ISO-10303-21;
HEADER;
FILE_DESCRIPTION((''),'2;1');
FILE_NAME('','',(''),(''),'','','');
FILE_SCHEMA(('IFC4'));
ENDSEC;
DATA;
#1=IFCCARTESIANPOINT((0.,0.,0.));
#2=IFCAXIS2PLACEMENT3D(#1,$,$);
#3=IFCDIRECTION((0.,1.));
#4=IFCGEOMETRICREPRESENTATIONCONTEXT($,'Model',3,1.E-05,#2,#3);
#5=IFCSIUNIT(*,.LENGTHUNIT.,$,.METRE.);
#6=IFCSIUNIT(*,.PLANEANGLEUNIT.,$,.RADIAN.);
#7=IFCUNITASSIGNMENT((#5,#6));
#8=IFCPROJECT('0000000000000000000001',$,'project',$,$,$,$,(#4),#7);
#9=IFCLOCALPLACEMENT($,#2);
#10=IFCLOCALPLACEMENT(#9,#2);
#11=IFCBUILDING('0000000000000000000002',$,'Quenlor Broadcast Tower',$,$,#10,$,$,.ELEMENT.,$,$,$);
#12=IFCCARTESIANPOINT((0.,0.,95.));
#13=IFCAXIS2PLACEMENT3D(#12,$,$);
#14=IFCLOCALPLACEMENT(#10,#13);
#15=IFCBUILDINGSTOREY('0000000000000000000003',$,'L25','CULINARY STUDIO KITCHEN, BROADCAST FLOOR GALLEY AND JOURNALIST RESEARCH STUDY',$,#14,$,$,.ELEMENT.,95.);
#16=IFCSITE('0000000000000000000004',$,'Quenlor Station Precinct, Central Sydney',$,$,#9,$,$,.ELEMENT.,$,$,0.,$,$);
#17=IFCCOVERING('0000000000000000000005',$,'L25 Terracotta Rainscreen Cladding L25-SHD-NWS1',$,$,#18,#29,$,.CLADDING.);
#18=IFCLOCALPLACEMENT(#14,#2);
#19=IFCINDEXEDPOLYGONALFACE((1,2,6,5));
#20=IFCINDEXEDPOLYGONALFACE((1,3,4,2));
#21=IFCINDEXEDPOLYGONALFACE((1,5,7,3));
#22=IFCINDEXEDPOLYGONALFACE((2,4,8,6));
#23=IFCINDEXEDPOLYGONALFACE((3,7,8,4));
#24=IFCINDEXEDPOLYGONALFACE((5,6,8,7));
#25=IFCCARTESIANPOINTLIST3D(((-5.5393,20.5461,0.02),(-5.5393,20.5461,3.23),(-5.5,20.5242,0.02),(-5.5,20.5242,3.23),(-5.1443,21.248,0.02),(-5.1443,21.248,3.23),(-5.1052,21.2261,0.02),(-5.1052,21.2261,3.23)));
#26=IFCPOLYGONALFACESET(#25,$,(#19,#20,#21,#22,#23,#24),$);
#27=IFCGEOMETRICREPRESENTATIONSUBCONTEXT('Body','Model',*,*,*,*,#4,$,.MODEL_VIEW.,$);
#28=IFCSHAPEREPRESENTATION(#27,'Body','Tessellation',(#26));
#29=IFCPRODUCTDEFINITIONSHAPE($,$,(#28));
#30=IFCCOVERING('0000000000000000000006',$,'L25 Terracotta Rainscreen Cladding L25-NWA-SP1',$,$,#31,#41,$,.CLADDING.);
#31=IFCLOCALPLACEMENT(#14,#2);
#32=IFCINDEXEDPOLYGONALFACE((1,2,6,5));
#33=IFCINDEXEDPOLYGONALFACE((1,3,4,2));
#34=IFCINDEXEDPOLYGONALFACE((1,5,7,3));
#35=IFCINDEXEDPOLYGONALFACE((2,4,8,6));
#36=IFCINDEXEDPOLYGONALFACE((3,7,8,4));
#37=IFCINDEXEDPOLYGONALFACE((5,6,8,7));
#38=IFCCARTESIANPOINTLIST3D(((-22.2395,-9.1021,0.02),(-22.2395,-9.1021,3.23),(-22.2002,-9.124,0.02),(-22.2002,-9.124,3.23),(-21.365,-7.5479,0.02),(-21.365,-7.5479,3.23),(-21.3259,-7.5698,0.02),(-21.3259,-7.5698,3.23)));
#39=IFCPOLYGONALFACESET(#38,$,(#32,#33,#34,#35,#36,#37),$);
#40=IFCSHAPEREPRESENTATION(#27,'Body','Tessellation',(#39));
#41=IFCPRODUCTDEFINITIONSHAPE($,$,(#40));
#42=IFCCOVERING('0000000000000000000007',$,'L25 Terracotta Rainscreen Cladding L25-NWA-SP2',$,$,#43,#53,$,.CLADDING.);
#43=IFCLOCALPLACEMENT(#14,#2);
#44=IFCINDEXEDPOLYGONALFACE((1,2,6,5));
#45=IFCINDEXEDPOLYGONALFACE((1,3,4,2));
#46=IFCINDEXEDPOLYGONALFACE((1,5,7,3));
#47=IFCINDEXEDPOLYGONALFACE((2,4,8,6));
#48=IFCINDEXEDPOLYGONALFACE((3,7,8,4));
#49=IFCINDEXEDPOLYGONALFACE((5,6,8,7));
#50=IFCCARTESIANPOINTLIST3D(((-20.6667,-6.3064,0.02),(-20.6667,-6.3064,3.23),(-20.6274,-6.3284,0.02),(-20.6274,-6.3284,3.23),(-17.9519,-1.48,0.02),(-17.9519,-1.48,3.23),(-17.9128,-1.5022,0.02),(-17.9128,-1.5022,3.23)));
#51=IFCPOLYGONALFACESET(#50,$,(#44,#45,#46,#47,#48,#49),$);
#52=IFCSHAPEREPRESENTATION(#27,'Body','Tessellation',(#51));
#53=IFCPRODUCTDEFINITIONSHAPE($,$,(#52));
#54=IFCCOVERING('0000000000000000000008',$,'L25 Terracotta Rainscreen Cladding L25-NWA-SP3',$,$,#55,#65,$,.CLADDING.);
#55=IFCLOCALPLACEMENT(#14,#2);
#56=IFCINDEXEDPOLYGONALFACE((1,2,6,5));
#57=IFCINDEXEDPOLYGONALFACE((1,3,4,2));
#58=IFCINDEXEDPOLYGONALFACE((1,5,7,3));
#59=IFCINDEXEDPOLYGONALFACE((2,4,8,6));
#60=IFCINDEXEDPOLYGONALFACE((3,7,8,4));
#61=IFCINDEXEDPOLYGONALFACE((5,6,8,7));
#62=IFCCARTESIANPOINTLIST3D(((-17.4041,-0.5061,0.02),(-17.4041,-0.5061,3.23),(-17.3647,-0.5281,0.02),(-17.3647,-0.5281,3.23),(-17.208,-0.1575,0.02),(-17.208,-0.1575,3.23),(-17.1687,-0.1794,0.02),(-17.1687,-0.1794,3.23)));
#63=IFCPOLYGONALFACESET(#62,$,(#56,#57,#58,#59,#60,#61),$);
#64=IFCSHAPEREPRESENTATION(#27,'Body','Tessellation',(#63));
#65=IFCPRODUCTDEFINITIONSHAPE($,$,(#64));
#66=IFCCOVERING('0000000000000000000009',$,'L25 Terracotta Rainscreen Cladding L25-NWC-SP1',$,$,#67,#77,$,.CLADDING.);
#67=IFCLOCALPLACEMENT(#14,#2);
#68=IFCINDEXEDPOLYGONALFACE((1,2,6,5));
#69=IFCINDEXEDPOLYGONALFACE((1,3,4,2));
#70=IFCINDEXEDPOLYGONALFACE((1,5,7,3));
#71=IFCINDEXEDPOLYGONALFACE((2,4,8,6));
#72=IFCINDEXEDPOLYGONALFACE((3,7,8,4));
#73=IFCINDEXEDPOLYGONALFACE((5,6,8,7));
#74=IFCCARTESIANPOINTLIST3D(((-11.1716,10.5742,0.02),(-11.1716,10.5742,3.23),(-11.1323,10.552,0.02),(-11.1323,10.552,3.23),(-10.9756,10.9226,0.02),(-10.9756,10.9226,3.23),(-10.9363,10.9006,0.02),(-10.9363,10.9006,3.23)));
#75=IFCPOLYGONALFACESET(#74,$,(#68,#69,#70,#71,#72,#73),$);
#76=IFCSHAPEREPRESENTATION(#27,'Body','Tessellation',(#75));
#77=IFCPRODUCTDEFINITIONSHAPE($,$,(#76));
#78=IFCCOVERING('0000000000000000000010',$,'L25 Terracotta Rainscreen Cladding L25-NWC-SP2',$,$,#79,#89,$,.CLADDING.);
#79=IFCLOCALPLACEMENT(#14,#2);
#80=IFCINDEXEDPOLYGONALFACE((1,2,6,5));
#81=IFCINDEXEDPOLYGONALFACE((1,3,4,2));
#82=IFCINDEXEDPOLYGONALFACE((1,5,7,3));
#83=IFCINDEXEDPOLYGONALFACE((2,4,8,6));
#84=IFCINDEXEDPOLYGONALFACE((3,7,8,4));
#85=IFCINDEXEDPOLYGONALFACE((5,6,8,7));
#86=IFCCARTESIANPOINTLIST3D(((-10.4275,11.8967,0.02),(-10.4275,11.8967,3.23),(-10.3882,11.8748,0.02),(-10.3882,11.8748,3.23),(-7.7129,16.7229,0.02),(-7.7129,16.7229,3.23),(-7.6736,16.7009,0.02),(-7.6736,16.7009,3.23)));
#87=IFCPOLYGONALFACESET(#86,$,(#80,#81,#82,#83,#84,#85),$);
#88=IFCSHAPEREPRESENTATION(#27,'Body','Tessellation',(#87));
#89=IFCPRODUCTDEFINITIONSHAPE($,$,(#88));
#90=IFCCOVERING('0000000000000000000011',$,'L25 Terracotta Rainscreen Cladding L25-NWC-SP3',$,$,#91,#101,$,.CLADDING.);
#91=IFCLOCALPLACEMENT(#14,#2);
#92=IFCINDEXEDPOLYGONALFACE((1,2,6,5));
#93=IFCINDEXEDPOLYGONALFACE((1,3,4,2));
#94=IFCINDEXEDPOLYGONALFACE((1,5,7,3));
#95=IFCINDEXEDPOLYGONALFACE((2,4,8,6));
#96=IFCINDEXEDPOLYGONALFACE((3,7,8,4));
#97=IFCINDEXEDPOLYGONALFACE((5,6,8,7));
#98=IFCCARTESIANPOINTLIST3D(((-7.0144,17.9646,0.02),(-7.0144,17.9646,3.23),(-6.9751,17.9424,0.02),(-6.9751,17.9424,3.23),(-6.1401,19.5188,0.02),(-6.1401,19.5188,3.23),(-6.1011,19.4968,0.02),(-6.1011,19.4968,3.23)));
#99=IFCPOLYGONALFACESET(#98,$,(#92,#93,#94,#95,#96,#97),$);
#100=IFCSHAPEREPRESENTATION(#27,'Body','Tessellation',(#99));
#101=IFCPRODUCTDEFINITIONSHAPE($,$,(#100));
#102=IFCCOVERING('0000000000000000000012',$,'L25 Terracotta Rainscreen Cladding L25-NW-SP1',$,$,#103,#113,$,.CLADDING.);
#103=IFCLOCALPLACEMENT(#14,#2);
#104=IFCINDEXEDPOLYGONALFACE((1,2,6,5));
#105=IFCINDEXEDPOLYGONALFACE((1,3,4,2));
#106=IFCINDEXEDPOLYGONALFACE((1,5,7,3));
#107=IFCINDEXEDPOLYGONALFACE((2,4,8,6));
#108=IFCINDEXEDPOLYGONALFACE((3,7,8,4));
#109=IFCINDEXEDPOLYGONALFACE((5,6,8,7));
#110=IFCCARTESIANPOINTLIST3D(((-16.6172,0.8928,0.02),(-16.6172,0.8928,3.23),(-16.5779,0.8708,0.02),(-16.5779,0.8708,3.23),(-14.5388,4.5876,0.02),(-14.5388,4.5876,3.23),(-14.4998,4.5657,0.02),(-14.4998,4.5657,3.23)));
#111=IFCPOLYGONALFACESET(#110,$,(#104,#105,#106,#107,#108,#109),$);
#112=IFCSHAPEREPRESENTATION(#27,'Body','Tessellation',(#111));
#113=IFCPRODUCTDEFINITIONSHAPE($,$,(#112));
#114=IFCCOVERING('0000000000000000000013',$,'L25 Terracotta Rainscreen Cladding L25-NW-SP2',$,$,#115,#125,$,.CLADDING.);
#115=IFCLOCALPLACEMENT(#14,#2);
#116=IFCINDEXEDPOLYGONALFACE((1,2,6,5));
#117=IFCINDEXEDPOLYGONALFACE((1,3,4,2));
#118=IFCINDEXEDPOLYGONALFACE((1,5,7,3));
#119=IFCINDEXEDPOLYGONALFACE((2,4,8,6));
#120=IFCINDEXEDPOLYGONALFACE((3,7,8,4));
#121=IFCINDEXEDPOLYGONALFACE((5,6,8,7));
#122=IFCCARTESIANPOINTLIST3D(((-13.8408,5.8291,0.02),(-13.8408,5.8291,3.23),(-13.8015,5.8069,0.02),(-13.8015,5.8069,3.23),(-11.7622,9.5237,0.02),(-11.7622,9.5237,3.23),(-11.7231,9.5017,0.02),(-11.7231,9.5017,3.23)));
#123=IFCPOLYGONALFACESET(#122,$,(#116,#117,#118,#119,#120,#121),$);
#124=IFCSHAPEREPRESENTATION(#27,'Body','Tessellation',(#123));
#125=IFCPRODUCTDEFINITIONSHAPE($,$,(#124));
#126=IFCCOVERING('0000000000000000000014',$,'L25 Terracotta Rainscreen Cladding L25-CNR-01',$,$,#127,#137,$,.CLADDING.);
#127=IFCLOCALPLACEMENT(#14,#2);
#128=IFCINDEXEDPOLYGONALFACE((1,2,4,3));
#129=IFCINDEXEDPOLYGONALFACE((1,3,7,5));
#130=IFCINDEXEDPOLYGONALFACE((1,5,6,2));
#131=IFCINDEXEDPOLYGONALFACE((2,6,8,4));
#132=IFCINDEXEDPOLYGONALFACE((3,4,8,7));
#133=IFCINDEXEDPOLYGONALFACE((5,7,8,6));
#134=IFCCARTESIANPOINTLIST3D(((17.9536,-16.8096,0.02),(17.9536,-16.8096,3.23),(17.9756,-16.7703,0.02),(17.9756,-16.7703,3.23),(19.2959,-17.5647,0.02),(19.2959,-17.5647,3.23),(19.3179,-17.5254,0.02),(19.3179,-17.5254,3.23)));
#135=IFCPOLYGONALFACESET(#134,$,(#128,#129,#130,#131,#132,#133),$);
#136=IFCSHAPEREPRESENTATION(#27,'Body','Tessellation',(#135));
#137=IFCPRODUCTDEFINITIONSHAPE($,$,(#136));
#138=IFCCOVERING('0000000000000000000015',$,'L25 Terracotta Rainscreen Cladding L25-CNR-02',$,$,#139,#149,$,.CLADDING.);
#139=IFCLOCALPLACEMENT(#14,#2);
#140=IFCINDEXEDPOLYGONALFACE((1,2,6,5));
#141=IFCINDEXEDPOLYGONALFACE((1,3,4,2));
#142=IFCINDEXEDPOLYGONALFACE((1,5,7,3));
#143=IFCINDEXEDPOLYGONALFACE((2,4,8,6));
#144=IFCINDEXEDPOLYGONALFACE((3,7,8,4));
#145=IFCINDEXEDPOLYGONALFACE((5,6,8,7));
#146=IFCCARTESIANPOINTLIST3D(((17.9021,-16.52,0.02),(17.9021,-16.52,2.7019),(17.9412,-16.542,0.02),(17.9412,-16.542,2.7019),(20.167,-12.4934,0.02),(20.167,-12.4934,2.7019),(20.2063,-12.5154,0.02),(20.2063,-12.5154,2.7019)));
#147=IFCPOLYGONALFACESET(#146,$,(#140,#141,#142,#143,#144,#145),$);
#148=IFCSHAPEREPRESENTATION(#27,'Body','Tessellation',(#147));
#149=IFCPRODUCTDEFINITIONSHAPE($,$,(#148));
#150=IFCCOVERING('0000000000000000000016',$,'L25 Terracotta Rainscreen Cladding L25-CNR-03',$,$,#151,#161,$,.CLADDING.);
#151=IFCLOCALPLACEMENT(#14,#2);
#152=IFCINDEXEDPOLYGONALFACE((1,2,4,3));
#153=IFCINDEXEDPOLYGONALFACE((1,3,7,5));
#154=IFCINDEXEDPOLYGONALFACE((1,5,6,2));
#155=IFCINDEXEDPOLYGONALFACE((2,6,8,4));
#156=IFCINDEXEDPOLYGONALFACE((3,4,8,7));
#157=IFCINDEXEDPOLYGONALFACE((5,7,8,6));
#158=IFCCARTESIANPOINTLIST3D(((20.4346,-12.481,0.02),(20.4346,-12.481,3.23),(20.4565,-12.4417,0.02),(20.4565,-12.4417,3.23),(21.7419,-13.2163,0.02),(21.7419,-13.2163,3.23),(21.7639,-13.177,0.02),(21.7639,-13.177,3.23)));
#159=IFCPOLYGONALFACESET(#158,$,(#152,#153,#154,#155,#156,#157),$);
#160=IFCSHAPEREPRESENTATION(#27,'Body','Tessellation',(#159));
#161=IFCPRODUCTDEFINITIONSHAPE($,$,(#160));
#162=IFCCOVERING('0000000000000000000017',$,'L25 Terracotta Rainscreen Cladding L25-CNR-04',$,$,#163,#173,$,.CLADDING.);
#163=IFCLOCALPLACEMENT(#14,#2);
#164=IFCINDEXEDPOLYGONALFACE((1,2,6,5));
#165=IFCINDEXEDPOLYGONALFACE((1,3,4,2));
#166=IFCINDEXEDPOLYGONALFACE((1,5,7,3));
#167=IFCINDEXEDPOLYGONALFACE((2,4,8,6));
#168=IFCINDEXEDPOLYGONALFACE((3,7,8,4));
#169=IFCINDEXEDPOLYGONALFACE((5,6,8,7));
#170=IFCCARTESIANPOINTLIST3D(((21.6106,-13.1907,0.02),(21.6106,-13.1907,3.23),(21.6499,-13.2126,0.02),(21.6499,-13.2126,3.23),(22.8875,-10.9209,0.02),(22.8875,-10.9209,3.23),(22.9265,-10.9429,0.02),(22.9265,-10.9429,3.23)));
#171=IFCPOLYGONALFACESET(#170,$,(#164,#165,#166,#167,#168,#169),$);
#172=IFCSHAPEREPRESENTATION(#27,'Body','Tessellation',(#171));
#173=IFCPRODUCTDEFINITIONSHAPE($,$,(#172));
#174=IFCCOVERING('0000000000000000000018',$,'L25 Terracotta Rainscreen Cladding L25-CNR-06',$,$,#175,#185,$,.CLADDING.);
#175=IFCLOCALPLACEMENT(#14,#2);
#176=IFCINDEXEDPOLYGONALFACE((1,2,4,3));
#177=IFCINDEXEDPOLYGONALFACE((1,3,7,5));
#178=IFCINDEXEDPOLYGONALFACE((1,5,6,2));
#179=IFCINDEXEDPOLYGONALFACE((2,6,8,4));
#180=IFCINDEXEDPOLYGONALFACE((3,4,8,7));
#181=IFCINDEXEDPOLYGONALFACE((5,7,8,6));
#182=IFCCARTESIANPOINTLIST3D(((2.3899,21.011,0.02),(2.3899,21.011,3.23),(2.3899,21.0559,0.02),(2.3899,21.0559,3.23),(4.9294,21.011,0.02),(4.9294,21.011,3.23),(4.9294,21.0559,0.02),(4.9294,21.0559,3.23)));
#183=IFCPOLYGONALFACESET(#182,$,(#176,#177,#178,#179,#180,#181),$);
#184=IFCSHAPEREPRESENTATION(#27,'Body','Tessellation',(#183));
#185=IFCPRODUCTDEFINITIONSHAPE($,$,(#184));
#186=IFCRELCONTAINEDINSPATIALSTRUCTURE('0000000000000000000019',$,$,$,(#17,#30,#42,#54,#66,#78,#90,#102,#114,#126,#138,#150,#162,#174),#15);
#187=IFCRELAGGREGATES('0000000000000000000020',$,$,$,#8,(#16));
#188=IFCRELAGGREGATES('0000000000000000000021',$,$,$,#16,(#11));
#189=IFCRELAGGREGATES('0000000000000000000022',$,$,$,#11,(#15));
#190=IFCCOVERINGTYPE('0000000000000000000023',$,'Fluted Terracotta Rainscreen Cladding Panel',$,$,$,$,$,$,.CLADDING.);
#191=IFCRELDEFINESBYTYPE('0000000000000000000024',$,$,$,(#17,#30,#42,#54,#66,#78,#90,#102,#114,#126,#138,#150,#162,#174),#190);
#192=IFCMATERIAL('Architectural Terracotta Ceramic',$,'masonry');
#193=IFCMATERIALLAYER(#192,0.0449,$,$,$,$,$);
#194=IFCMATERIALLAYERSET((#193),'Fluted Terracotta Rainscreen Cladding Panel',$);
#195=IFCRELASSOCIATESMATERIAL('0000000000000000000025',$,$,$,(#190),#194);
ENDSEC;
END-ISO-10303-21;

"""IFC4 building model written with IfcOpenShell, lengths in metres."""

from ifc_helpers import new_model, si_unit, direction, frame, origin, place, context, subcontext, project, spatial, polyline, outline, extrude, material, layer, layer_set, type_object, element, save


model = new_model("IFC4")

# Units and contexts
model_context = context("Model", 3, precision=1e-05, world=origin(), true_north=direction((0.0, 1.0)))
body_context = subcontext(model_context, "Body", "Model", "MODEL_VIEW")
ifc_project = project(units=[si_unit("LENGTHUNIT", "METRE"), si_unit("PLANEANGLEUNIT", "RADIAN")], contexts=[model_context])

# Site, building, storey
site_placement = place(None, origin())
site = spatial("IfcSite", under=ifc_project, at=site_placement, Name="Quenlor Station Precinct, Central Sydney", CompositionType="ELEMENT", RefElevation=0.0)
building_placement = place(site_placement, origin())
building = spatial("IfcBuilding", under=site, at=building_placement, Name="Quenlor Broadcast Tower", CompositionType="ELEMENT")
storey_placement = place(building_placement, frame((0.0, 0.0, 95.0)))
storey = spatial("IfcBuildingStorey", under=building, at=storey_placement, Name="L25", Description="CULINARY STUDIO KITCHEN, BROADCAST FLOOR GALLEY AND JOURNALIST RESEARCH STUDY", CompositionType="ELEMENT", Elevation=95.0)

# Coverings
ifc_material = material(Name="Architectural Terracotta Ceramic", Category="masonry")
ifc_layer = layer(ifc_material, 0.0449)
ifc_layer_set = layer_set([ifc_layer], Name="Fluted Terracotta Rainscreen Cladding Panel")
covering_type = type_object("IfcCoveringType", Name="Fluted Terracotta Rainscreen Cladding Panel", PredefinedType="CLADDING", material=ifc_layer_set)
covering_1_placement = place(storey_placement, frame((0.0, 0.0, 0.02)))
element("IfcCovering", 1, at=covering_1_placement, inside=storey, type_object=covering_type, Name="L25 Terracotta Rainscreen Cladding L25-SHD-NWS1", PredefinedType="CLADDING", context=body_context, shape_type="SweptSolid", body=[
    extrude(outline(polyline([(-5.5, 20.5242), (-5.1052, 21.2261), (-5.1443, 21.248), (-5.5393, 20.5461), (-5.5, 20.5242)])), origin(), (0.0, 0.0, 1.0), 3.21),
])
covering_2_placement = place(storey_placement, frame((0.0, 0.0, 0.02)))
element("IfcCovering", 2, at=covering_2_placement, inside=storey, type_object=covering_type, Name="L25 Terracotta Rainscreen Cladding L25-NWA-SP1", PredefinedType="CLADDING", context=body_context, shape_type="SweptSolid", body=[
    extrude(outline(polyline([(-22.2002, -9.124), (-21.3259, -7.5698), (-21.365, -7.5479), (-22.2395, -9.1021), (-22.2002, -9.124)])), origin(), (0.0, 0.0, 1.0), 3.21),
])
covering_3_placement = place(storey_placement, frame((0.0, 0.0, 0.02)))
element("IfcCovering", 3, at=covering_3_placement, inside=storey, type_object=covering_type, Name="L25 Terracotta Rainscreen Cladding L25-NWA-SP2", PredefinedType="CLADDING", context=body_context, shape_type="SweptSolid", body=[
    extrude(outline(polyline([(-20.6274, -6.3284), (-17.9128, -1.5022), (-17.9519, -1.48), (-20.6667, -6.3064), (-20.6274, -6.3284)])), origin(), (0.0, 0.0, 1.0), 3.21),
])
covering_4_placement = place(storey_placement, frame((0.0, 0.0, 0.02)))
element("IfcCovering", 4, at=covering_4_placement, inside=storey, type_object=covering_type, Name="L25 Terracotta Rainscreen Cladding L25-NWA-SP3", PredefinedType="CLADDING", context=body_context, shape_type="SweptSolid", body=[
    extrude(outline(polyline([(-17.3647, -0.5281), (-17.1687, -0.1794), (-17.208, -0.1575), (-17.4041, -0.5061), (-17.3647, -0.5281)])), origin(), (0.0, 0.0, 1.0), 3.21),
])
covering_5_placement = place(storey_placement, frame((0.0, 0.0, 0.02)))
element("IfcCovering", 5, at=covering_5_placement, inside=storey, type_object=covering_type, Name="L25 Terracotta Rainscreen Cladding L25-NWC-SP1", PredefinedType="CLADDING", context=body_context, shape_type="SweptSolid", body=[
    extrude(outline(polyline([(-11.1323, 10.552), (-10.9363, 10.9006), (-10.9756, 10.9226), (-11.1716, 10.5742), (-11.1323, 10.552)])), origin(), (0.0, 0.0, 1.0), 3.21),
])
covering_6_placement = place(storey_placement, frame((0.0, 0.0, 0.02)))
element("IfcCovering", 6, at=covering_6_placement, inside=storey, type_object=covering_type, Name="L25 Terracotta Rainscreen Cladding L25-NWC-SP2", PredefinedType="CLADDING", context=body_context, shape_type="SweptSolid", body=[
    extrude(outline(polyline([(-10.3882, 11.8748), (-7.6736, 16.7009), (-7.7129, 16.7229), (-10.4275, 11.8967), (-10.3882, 11.8748)])), origin(), (0.0, 0.0, 1.0), 3.21),
])
covering_7_placement = place(storey_placement, frame((0.0, 0.0, 0.02)))
element("IfcCovering", 7, at=covering_7_placement, inside=storey, type_object=covering_type, Name="L25 Terracotta Rainscreen Cladding L25-NWC-SP3", PredefinedType="CLADDING", context=body_context, shape_type="SweptSolid", body=[
    extrude(outline(polyline([(-6.9751, 17.9424), (-6.1011, 19.4968), (-6.1401, 19.5188), (-7.0144, 17.9646), (-6.9751, 17.9424)])), origin(), (0.0, 0.0, 1.0), 3.21),
])
covering_8_placement = place(storey_placement, frame((0.0, 0.0, 0.02)))
element("IfcCovering", 8, at=covering_8_placement, inside=storey, type_object=covering_type, Name="L25 Terracotta Rainscreen Cladding L25-NW-SP1", PredefinedType="CLADDING", context=body_context, shape_type="SweptSolid", body=[
    extrude(outline(polyline([(-16.5779, 0.8708), (-14.4998, 4.5657), (-14.5388, 4.5876), (-16.6172, 0.8928), (-16.5779, 0.8708)])), origin(), (0.0, 0.0, 1.0), 3.21),
])
covering_9_placement = place(storey_placement, frame((0.0, 0.0, 0.02)))
element("IfcCovering", 9, at=covering_9_placement, inside=storey, type_object=covering_type, Name="L25 Terracotta Rainscreen Cladding L25-NW-SP2", PredefinedType="CLADDING", context=body_context, shape_type="SweptSolid", body=[
    extrude(outline(polyline([(-13.8015, 5.8069), (-11.7231, 9.5017), (-11.7622, 9.5237), (-13.8408, 5.8291), (-13.8015, 5.8069)])), origin(), (0.0, 0.0, 1.0), 3.21),
])
covering_10_placement = place(storey_placement, frame((0.0, 0.0, 0.02)))
element("IfcCovering", 10, at=covering_10_placement, inside=storey, type_object=covering_type, Name="L25 Terracotta Rainscreen Cladding L25-CNR-01", PredefinedType="CLADDING", context=body_context, shape_type="SweptSolid", body=[
    extrude(outline(polyline([(19.3179, -17.5254), (17.9756, -16.7703), (17.9536, -16.8096), (19.2959, -17.5647), (19.3179, -17.5254)])), origin(), (0.0, 0.0, 1.0), 3.21),
])
covering_11_placement = place(storey_placement, frame((0.0, 0.0, 0.02)))
element("IfcCovering", 11, at=covering_11_placement, inside=storey, type_object=covering_type, Name="L25 Terracotta Rainscreen Cladding L25-CNR-02", PredefinedType="CLADDING", context=body_context, shape_type="SweptSolid", body=[
    extrude(outline(polyline([(17.9412, -16.542), (20.2063, -12.5154), (20.167, -12.4934), (17.9021, -16.52), (17.9412, -16.542)])), origin(), (0.0, 0.0, 1.0), 2.6819),
])
covering_12_placement = place(storey_placement, frame((0.0, 0.0, 0.02)))
element("IfcCovering", 12, at=covering_12_placement, inside=storey, type_object=covering_type, Name="L25 Terracotta Rainscreen Cladding L25-CNR-03", PredefinedType="CLADDING", context=body_context, shape_type="SweptSolid", body=[
    extrude(outline(polyline([(20.4346, -12.481), (21.7419, -13.2163), (21.7639, -13.177), (20.4565, -12.4417), (20.4346, -12.481)])), origin(), (0.0, 0.0, 1.0), 3.21),
])
covering_13_placement = place(storey_placement, frame((0.0, 0.0, 0.02)))
element("IfcCovering", 13, at=covering_13_placement, inside=storey, type_object=covering_type, Name="L25 Terracotta Rainscreen Cladding L25-CNR-04", PredefinedType="CLADDING", context=body_context, shape_type="SweptSolid", body=[
    extrude(outline(polyline([(21.6499, -13.2126), (22.9265, -10.9429), (22.8875, -10.9209), (21.6106, -13.1907), (21.6499, -13.2126)])), origin(), (0.0, 0.0, 1.0), 3.21),
])
covering_14_placement = place(storey_placement, frame((0.0, 0.0, 0.02)))
element("IfcCovering", 14, at=covering_14_placement, inside=storey, type_object=covering_type, Name="L25 Terracotta Rainscreen Cladding L25-CNR-06", PredefinedType="CLADDING", context=body_context, shape_type="SweptSolid", body=[
    extrude(outline(polyline([(4.9294, 21.0559), (2.3899, 21.0559), (2.3899, 21.011), (4.9294, 21.011), (4.9294, 21.0559)])), origin(), (0.0, 0.0, 1.0), 3.21),
])

save(model, "model.ifc")
